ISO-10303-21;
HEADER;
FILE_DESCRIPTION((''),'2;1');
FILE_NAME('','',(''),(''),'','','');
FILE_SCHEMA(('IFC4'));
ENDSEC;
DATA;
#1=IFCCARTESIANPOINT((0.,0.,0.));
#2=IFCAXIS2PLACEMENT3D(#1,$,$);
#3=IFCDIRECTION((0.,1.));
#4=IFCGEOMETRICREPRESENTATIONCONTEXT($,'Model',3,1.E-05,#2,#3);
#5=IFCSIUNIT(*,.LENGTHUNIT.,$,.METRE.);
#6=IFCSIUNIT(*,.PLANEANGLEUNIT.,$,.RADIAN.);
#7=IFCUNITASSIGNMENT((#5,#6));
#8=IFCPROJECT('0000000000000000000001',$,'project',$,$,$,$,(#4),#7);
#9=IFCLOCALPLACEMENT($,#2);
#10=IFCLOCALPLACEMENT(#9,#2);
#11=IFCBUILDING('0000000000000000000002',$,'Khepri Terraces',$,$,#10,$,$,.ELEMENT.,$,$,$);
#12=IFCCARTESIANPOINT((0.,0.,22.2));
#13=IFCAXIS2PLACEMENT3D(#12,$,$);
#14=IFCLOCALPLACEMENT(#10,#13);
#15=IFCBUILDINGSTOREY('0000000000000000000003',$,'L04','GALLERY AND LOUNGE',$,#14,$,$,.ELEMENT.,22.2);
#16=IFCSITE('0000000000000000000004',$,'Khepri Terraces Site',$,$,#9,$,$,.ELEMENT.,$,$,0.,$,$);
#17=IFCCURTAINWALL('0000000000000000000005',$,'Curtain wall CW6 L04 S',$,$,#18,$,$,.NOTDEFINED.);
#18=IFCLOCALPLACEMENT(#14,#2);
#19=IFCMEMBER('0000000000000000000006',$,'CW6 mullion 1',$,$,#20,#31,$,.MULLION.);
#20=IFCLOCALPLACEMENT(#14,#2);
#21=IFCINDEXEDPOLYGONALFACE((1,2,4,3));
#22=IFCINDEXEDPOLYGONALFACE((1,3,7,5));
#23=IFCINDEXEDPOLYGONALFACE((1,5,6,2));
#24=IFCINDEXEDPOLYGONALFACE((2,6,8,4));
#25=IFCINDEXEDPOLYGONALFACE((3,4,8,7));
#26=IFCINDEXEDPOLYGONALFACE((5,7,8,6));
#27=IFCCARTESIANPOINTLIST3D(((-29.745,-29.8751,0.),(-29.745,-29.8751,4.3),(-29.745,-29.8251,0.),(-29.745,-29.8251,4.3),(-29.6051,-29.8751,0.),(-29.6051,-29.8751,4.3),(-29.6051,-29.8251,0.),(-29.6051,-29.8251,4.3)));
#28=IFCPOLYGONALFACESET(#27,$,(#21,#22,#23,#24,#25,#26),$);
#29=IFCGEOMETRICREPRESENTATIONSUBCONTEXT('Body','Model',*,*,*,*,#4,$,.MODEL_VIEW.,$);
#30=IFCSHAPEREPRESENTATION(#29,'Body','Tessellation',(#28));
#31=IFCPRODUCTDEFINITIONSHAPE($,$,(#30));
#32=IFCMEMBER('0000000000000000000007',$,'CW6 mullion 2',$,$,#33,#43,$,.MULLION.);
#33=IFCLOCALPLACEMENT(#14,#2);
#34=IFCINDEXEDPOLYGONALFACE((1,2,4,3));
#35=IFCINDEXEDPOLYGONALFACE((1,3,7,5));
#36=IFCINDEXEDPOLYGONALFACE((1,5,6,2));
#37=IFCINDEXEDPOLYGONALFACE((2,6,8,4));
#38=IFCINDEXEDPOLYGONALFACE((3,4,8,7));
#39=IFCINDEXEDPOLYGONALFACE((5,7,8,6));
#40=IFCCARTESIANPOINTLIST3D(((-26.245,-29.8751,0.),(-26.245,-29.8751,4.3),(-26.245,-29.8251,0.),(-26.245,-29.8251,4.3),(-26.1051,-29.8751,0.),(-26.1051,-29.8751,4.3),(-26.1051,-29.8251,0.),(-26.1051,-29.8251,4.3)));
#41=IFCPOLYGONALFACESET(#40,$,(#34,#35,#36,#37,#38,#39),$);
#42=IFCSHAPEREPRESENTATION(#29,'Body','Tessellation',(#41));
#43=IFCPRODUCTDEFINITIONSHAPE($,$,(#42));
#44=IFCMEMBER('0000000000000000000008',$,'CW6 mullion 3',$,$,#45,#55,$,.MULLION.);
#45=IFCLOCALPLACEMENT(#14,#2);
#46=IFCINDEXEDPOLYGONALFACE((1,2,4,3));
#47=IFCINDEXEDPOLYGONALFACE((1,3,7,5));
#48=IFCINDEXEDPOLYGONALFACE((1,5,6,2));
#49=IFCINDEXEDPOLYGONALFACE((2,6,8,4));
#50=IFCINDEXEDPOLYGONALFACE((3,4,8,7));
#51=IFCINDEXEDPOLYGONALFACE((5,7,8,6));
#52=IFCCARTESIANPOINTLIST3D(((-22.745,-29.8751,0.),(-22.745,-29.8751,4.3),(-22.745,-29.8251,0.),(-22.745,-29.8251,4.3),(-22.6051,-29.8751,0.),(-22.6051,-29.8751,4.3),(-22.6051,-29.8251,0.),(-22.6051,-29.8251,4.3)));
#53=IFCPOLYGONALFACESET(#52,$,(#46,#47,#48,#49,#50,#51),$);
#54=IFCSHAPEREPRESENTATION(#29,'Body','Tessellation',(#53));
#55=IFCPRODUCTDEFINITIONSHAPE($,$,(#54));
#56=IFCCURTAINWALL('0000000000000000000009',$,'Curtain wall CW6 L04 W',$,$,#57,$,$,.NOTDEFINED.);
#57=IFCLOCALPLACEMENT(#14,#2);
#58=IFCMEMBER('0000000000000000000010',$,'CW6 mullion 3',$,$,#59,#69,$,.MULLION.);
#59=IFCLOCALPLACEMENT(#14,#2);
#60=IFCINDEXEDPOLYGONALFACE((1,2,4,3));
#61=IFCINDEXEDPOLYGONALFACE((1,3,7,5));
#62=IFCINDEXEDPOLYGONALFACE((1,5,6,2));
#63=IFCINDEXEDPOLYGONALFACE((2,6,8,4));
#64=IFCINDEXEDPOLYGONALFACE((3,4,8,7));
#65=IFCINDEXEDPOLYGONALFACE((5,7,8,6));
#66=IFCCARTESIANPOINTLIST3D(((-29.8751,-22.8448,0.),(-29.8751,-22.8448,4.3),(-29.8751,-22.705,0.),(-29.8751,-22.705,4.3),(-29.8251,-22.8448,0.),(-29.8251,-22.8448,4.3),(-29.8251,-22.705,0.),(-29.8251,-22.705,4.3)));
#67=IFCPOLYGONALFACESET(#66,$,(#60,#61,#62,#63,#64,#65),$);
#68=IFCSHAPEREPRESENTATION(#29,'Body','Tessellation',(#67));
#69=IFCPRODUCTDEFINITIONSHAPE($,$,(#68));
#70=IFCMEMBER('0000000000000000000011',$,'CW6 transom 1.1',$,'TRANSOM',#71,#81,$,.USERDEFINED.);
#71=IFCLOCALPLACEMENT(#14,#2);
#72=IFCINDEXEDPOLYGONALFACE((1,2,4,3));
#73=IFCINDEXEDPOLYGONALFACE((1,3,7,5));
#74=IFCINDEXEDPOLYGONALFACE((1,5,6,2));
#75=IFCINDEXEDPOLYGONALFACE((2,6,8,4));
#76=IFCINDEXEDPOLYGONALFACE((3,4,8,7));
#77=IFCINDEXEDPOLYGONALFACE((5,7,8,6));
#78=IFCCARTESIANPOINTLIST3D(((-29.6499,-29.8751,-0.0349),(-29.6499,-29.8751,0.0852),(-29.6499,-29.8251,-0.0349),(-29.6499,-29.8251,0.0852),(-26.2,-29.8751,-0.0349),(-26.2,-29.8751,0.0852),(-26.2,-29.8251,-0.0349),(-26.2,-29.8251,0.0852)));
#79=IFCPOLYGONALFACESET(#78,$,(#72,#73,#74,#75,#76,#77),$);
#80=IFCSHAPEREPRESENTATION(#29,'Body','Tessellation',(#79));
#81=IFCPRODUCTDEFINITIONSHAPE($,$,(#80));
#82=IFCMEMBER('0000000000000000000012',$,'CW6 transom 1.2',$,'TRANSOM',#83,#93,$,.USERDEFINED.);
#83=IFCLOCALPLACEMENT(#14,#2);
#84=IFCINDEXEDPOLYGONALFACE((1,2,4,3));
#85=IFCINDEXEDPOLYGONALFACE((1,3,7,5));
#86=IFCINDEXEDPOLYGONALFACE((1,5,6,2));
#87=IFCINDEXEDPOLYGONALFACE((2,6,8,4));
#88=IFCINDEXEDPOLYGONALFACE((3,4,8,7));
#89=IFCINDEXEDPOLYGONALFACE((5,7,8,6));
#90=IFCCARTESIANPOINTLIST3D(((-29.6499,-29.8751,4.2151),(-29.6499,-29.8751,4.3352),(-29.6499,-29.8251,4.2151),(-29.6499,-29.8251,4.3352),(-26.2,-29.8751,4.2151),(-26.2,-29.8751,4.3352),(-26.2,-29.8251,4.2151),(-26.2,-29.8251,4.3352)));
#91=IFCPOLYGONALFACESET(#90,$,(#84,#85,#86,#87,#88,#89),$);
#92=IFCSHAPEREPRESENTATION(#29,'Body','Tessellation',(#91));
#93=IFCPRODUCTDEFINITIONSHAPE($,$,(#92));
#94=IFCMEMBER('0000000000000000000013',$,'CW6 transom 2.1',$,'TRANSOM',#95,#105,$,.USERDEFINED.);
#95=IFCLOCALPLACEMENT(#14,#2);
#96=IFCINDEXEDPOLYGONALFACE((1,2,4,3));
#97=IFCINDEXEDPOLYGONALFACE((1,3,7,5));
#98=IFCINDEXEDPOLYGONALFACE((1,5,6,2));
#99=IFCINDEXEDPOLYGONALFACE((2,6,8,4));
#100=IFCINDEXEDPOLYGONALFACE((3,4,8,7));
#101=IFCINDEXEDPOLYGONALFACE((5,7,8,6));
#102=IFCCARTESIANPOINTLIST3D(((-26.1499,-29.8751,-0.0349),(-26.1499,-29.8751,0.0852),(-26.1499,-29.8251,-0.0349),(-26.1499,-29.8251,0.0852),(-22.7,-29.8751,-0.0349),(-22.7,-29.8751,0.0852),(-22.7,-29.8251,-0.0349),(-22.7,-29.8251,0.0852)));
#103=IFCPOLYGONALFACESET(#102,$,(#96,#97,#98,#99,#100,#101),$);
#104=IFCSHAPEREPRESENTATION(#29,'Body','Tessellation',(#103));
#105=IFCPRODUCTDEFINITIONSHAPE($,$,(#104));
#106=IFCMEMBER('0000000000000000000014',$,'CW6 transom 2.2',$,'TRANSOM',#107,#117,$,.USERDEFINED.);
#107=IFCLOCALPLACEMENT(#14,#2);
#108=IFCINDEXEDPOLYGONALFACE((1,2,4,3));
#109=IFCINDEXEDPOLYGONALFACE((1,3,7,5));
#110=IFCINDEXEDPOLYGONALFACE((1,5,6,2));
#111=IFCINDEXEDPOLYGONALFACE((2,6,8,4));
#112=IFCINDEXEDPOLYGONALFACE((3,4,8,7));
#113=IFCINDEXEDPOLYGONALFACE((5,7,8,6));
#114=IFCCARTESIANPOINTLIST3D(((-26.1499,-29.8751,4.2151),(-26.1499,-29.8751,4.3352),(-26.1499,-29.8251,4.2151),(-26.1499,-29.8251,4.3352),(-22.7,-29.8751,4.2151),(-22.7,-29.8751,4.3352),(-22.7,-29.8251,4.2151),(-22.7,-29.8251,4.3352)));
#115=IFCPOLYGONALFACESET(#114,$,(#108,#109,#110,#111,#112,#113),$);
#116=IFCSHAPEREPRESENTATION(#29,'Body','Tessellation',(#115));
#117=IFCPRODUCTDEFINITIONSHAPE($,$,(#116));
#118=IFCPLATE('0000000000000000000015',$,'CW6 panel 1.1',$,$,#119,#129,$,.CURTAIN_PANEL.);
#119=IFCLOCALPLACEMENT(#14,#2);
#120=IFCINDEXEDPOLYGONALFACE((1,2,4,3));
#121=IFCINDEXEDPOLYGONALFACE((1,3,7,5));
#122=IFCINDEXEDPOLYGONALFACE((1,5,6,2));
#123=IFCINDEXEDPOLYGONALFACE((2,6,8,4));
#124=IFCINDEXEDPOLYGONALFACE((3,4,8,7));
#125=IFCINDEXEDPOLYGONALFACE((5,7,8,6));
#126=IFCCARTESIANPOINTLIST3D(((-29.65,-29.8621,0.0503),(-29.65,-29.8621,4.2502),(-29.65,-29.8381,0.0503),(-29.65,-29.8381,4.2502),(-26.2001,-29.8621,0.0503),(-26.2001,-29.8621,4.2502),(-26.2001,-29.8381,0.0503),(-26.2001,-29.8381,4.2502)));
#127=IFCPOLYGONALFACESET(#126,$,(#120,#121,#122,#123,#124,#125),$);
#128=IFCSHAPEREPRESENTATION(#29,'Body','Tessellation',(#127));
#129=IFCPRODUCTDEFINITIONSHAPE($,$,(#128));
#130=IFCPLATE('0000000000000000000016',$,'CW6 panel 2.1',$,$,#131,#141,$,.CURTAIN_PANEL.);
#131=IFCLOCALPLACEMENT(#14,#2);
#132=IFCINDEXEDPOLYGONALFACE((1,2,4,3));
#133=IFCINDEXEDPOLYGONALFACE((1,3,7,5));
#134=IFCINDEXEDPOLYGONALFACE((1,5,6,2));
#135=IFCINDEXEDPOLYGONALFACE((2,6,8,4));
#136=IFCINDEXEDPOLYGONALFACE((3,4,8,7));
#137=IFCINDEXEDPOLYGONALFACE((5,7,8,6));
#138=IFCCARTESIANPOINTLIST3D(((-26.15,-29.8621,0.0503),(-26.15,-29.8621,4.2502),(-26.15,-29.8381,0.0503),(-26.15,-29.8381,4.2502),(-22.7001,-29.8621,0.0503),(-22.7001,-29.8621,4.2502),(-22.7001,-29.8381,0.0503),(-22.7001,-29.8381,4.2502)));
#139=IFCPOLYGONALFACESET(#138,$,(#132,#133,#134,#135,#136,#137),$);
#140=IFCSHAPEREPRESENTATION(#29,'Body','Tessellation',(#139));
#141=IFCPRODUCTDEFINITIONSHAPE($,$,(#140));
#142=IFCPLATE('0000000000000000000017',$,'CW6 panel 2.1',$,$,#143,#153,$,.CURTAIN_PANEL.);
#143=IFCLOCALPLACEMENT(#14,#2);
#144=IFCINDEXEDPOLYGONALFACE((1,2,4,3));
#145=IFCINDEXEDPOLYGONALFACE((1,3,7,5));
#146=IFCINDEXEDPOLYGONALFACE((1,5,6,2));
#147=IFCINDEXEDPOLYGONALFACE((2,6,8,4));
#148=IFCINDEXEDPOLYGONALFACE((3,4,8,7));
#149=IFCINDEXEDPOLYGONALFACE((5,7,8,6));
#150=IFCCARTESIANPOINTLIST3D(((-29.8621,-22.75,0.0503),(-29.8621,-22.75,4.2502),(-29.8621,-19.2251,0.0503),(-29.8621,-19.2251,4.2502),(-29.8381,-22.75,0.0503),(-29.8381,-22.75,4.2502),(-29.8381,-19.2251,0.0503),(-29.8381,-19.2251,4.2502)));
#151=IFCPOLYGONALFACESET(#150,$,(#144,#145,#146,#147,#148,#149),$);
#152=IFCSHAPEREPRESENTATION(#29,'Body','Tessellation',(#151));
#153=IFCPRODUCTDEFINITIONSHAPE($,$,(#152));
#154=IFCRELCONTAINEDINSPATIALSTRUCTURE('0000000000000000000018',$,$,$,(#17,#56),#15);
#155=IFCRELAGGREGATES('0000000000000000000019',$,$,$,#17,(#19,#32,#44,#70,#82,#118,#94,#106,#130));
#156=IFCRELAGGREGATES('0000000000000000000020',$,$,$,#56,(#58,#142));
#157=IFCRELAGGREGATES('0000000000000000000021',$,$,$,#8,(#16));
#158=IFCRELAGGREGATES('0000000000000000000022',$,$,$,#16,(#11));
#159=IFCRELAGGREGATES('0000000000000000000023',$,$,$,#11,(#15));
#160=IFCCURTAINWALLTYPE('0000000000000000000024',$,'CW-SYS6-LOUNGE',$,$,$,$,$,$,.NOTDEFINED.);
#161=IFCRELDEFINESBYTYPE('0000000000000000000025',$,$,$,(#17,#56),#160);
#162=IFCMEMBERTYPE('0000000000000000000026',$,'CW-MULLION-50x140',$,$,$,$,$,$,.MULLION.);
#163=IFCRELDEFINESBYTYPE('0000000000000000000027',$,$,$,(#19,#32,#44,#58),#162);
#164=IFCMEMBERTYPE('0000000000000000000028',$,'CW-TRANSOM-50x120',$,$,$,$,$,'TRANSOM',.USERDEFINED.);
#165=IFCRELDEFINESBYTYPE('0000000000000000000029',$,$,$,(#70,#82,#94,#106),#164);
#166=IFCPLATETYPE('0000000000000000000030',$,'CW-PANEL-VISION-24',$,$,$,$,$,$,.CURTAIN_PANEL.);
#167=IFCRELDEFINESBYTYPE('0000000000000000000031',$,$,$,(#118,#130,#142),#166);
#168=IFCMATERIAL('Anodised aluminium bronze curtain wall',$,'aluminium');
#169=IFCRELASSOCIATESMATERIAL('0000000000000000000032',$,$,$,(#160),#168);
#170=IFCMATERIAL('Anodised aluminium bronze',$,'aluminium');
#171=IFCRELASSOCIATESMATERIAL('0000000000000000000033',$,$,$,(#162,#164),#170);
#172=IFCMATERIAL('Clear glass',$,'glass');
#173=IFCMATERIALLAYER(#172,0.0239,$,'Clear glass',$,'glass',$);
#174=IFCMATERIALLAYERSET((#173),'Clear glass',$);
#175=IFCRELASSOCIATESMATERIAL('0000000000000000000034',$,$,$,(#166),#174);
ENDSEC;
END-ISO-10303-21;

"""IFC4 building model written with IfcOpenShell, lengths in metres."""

from ifc_helpers import new_model, si_unit, direction, frame, origin, origin_2d, place, context, subcontext, project, spatial, rectangle, extrude, material, layer, layer_set, material_profile, profile_set, type_object, element, aggregate, save


model = new_model("IFC4")

# Units and contexts
model_context = context("Model", 3, precision=1e-05, world=origin(), true_north=direction((0.0, 1.0)))
body_context = subcontext(model_context, "Body", "Model", "MODEL_VIEW")
ifc_project = project(units=[si_unit("LENGTHUNIT", "METRE"), si_unit("PLANEANGLEUNIT", "RADIAN")], contexts=[model_context])

# Site, building, storey
site_placement = place(None, origin())
site = spatial("IfcSite", under=ifc_project, at=site_placement, Name="Khepri Terraces Site", CompositionType="ELEMENT", RefElevation=0.0)
building_placement = place(site_placement, origin())
building = spatial("IfcBuilding", under=site, at=building_placement, Name="Khepri Terraces", CompositionType="ELEMENT")
storey_placement = place(building_placement, frame((0.0, 0.0, 22.2)))
storey = spatial("IfcBuildingStorey", under=building, at=storey_placement, Name="L04", Description="GALLERY AND LOUNGE", CompositionType="ELEMENT", Elevation=22.2)

# Curtain wall, members
ifc_material_1 = material(Name="Anodised aluminium bronze curtain wall", Category="aluminium")
curtain_wall_type = type_object("IfcCurtainWallType", Name="CW-SYS6-LOUNGE", PredefinedType="NOTDEFINED", material=ifc_material_1)
curtain_wall_1_placement = place(storey_placement, origin())
curtain_wall_1 = element("IfcCurtainWall", 1, at=curtain_wall_1_placement, inside=storey, type_object=curtain_wall_type, Name="Curtain wall CW6 L04 S", PredefinedType="NOTDEFINED")
ifc_material_2 = material(Name="Anodised aluminium bronze", Category="aluminium")
ifc_material_profile_1 = material_profile(ifc_material_2, rectangle(XDim=0.05, YDim=0.1399, at=origin_2d()), Name="Anodised aluminium bronze", Category="aluminium")
ifc_profile_set_1 = profile_set([ifc_material_profile_1], Name="Anodised aluminium bronze")
member_type_1 = type_object("IfcMemberType", Name="CW-MULLION-50x140", PredefinedType="MULLION", material=ifc_profile_set_1)
member_1_placement = place(storey_placement, frame((-29.675, -29.8501, 0.0), z_axis=(0.0, 0.0, 1.0), x_axis=(0.0, 1.0, 0.0)))
member_1 = element("IfcMember", 2, at=member_1_placement, type_object=member_type_1, Name="CW6 mullion 1", PredefinedType="MULLION", context=body_context, shape_type="SweptSolid", body=[
    extrude(rectangle(XDim=0.05, YDim=0.1399, at=origin_2d()), origin(), (0.0, 0.0, 1.0), 4.3),
])
member_2_placement = place(storey_placement, frame((-26.175, -29.8501, 0.0), z_axis=(0.0, 0.0, 1.0), x_axis=(0.0, 1.0, 0.0)))
member_2 = element("IfcMember", 3, at=member_2_placement, type_object=member_type_1, Name="CW6 mullion 2", PredefinedType="MULLION", context=body_context, shape_type="SweptSolid", body=[
    extrude(rectangle(XDim=0.05, YDim=0.1399, at=origin_2d()), origin(), (0.0, 0.0, 1.0), 4.3),
])
member_3_placement = place(storey_placement, frame((-22.675, -29.8501, 0.0), z_axis=(0.0, 0.0, 1.0), x_axis=(0.0, 1.0, 0.0)))
member_3 = element("IfcMember", 4, at=member_3_placement, type_object=member_type_1, Name="CW6 mullion 3", PredefinedType="MULLION", context=body_context, shape_type="SweptSolid", body=[
    extrude(rectangle(XDim=0.05, YDim=0.1399, at=origin_2d()), origin(), (0.0, 0.0, 1.0), 4.3),
])

# Curtain wall, member
curtain_wall_2_placement = place(storey_placement, origin())
curtain_wall_2 = element("IfcCurtainWall", 5, at=curtain_wall_2_placement, inside=storey, type_object=curtain_wall_type, Name="Curtain wall CW6 L04 W", PredefinedType="NOTDEFINED")
member_4_placement = place(storey_placement, frame((-29.8501, -22.7749, 0.0), z_axis=(0.0, 0.0, 1.0), x_axis=(1.0, 0.0, 0.0)))
member_4 = element("IfcMember", 6, at=member_4_placement, type_object=member_type_1, Name="CW6 mullion 3", PredefinedType="MULLION", context=body_context, shape_type="SweptSolid", body=[
    extrude(rectangle(XDim=0.05, YDim=0.1399, at=origin_2d()), origin(), (0.0, 0.0, 1.0), 4.3),
])

# Members
ifc_material_profile_2 = material_profile(ifc_material_2, rectangle(XDim=0.05, YDim=0.1201, at=origin_2d()), Name="Anodised aluminium bronze", Category="aluminium")
ifc_profile_set_2 = profile_set([ifc_material_profile_2], Name="Anodised aluminium bronze")
member_type_2 = type_object("IfcMemberType", Name="CW-TRANSOM-50x120", ElementType="TRANSOM", PredefinedType="USERDEFINED", material=ifc_profile_set_2)
member_5_placement = place(storey_placement, frame((-29.6499, -29.8501, 0.0251), z_axis=(1.0, 0.0, 0.0), x_axis=(0.0, 1.0, 0.0)))
member_5 = element("IfcMember", 7, at=member_5_placement, type_object=member_type_2, Name="CW6 transom 1.1", ObjectType="TRANSOM", PredefinedType="USERDEFINED", context=body_context, shape_type="SweptSolid", body=[
    extrude(rectangle(XDim=0.05, YDim=0.1201, at=origin_2d()), origin(), (0.0, 0.0, 1.0), 3.45),
])
member_6_placement = place(storey_placement, frame((-29.6499, -29.8501, 4.2751), z_axis=(1.0, 0.0, 0.0), x_axis=(0.0, 1.0, 0.0)))
member_6 = element("IfcMember", 8, at=member_6_placement, type_object=member_type_2, Name="CW6 transom 1.2", ObjectType="TRANSOM", PredefinedType="USERDEFINED", context=body_context, shape_type="SweptSolid", body=[
    extrude(rectangle(XDim=0.05, YDim=0.1201, at=origin_2d()), origin(), (0.0, 0.0, 1.0), 3.45),
])
member_7_placement = place(storey_placement, frame((-26.1499, -29.8501, 0.0251), z_axis=(1.0, 0.0, 0.0), x_axis=(0.0, 1.0, 0.0)))
member_7 = element("IfcMember", 9, at=member_7_placement, type_object=member_type_2, Name="CW6 transom 2.1", ObjectType="TRANSOM", PredefinedType="USERDEFINED", context=body_context, shape_type="SweptSolid", body=[
    extrude(rectangle(XDim=0.05, YDim=0.1201, at=origin_2d()), origin(), (0.0, 0.0, 1.0), 3.45),
])
member_8_placement = place(storey_placement, frame((-26.1499, -29.8501, 4.2751), z_axis=(1.0, 0.0, 0.0), x_axis=(0.0, 1.0, 0.0)))
member_8 = element("IfcMember", 10, at=member_8_placement, type_object=member_type_2, Name="CW6 transom 2.2", ObjectType="TRANSOM", PredefinedType="USERDEFINED", context=body_context, shape_type="SweptSolid", body=[
    extrude(rectangle(XDim=0.05, YDim=0.1201, at=origin_2d()), origin(), (0.0, 0.0, 1.0), 3.45),
])

# Plates
ifc_material_3 = material(Name="Clear glass", Category="glass")
ifc_layer_1 = layer(ifc_material_3, 0.0239, Name="Clear glass", Category="glass")
ifc_layer_set_1 = layer_set([ifc_layer_1], Name="Clear glass")
plate_type = type_object("IfcPlateType", Name="CW-PANEL-VISION-24", PredefinedType="CURTAIN_PANEL", material=ifc_layer_set_1)
plate_1_placement = place(storey_placement, frame((-27.925, -29.8501, 0.0503), z_axis=(0.0, 0.0, 1.0), x_axis=(1.0, 0.0, 0.0)))
plate_1 = element("IfcPlate", 11, at=plate_1_placement, type_object=plate_type, Name="CW6 panel 1.1", PredefinedType="CURTAIN_PANEL", context=body_context, shape_type="SweptSolid", body=[
    extrude(rectangle(XDim=3.45, YDim=0.0239, at=origin_2d()), origin(), (0.0, 0.0, 1.0), 4.2),
])
plate_2_placement = place(storey_placement, frame((-24.425, -29.8501, 0.0503), z_axis=(0.0, 0.0, 1.0), x_axis=(1.0, 0.0, 0.0)))
plate_2 = element("IfcPlate", 12, at=plate_2_placement, type_object=plate_type, Name="CW6 panel 2.1", PredefinedType="CURTAIN_PANEL", context=body_context, shape_type="SweptSolid", body=[
    extrude(rectangle(XDim=3.45, YDim=0.0239, at=origin_2d()), origin(), (0.0, 0.0, 1.0), 4.2),
])
aggregate(curtain_wall_1, [member_1, member_2, member_3, member_5, member_6, plate_1, member_7, member_8, plate_2])
plate_3_placement = place(storey_placement, frame((-29.8501, -20.9875, 0.0503), z_axis=(0.0, 0.0, 1.0), x_axis=(0.0, -1.0, 0.0)))
plate_3 = element("IfcPlate", 13, at=plate_3_placement, type_object=plate_type, Name="CW6 panel 2.1", PredefinedType="CURTAIN_PANEL", context=body_context, shape_type="SweptSolid", body=[
    extrude(rectangle(XDim=3.5249, YDim=0.0239, at=origin_2d()), origin(), (0.0, 0.0, 1.0), 4.2),
])
aggregate(curtain_wall_2, [member_4, plate_3])

save(model, "model.ifc")
